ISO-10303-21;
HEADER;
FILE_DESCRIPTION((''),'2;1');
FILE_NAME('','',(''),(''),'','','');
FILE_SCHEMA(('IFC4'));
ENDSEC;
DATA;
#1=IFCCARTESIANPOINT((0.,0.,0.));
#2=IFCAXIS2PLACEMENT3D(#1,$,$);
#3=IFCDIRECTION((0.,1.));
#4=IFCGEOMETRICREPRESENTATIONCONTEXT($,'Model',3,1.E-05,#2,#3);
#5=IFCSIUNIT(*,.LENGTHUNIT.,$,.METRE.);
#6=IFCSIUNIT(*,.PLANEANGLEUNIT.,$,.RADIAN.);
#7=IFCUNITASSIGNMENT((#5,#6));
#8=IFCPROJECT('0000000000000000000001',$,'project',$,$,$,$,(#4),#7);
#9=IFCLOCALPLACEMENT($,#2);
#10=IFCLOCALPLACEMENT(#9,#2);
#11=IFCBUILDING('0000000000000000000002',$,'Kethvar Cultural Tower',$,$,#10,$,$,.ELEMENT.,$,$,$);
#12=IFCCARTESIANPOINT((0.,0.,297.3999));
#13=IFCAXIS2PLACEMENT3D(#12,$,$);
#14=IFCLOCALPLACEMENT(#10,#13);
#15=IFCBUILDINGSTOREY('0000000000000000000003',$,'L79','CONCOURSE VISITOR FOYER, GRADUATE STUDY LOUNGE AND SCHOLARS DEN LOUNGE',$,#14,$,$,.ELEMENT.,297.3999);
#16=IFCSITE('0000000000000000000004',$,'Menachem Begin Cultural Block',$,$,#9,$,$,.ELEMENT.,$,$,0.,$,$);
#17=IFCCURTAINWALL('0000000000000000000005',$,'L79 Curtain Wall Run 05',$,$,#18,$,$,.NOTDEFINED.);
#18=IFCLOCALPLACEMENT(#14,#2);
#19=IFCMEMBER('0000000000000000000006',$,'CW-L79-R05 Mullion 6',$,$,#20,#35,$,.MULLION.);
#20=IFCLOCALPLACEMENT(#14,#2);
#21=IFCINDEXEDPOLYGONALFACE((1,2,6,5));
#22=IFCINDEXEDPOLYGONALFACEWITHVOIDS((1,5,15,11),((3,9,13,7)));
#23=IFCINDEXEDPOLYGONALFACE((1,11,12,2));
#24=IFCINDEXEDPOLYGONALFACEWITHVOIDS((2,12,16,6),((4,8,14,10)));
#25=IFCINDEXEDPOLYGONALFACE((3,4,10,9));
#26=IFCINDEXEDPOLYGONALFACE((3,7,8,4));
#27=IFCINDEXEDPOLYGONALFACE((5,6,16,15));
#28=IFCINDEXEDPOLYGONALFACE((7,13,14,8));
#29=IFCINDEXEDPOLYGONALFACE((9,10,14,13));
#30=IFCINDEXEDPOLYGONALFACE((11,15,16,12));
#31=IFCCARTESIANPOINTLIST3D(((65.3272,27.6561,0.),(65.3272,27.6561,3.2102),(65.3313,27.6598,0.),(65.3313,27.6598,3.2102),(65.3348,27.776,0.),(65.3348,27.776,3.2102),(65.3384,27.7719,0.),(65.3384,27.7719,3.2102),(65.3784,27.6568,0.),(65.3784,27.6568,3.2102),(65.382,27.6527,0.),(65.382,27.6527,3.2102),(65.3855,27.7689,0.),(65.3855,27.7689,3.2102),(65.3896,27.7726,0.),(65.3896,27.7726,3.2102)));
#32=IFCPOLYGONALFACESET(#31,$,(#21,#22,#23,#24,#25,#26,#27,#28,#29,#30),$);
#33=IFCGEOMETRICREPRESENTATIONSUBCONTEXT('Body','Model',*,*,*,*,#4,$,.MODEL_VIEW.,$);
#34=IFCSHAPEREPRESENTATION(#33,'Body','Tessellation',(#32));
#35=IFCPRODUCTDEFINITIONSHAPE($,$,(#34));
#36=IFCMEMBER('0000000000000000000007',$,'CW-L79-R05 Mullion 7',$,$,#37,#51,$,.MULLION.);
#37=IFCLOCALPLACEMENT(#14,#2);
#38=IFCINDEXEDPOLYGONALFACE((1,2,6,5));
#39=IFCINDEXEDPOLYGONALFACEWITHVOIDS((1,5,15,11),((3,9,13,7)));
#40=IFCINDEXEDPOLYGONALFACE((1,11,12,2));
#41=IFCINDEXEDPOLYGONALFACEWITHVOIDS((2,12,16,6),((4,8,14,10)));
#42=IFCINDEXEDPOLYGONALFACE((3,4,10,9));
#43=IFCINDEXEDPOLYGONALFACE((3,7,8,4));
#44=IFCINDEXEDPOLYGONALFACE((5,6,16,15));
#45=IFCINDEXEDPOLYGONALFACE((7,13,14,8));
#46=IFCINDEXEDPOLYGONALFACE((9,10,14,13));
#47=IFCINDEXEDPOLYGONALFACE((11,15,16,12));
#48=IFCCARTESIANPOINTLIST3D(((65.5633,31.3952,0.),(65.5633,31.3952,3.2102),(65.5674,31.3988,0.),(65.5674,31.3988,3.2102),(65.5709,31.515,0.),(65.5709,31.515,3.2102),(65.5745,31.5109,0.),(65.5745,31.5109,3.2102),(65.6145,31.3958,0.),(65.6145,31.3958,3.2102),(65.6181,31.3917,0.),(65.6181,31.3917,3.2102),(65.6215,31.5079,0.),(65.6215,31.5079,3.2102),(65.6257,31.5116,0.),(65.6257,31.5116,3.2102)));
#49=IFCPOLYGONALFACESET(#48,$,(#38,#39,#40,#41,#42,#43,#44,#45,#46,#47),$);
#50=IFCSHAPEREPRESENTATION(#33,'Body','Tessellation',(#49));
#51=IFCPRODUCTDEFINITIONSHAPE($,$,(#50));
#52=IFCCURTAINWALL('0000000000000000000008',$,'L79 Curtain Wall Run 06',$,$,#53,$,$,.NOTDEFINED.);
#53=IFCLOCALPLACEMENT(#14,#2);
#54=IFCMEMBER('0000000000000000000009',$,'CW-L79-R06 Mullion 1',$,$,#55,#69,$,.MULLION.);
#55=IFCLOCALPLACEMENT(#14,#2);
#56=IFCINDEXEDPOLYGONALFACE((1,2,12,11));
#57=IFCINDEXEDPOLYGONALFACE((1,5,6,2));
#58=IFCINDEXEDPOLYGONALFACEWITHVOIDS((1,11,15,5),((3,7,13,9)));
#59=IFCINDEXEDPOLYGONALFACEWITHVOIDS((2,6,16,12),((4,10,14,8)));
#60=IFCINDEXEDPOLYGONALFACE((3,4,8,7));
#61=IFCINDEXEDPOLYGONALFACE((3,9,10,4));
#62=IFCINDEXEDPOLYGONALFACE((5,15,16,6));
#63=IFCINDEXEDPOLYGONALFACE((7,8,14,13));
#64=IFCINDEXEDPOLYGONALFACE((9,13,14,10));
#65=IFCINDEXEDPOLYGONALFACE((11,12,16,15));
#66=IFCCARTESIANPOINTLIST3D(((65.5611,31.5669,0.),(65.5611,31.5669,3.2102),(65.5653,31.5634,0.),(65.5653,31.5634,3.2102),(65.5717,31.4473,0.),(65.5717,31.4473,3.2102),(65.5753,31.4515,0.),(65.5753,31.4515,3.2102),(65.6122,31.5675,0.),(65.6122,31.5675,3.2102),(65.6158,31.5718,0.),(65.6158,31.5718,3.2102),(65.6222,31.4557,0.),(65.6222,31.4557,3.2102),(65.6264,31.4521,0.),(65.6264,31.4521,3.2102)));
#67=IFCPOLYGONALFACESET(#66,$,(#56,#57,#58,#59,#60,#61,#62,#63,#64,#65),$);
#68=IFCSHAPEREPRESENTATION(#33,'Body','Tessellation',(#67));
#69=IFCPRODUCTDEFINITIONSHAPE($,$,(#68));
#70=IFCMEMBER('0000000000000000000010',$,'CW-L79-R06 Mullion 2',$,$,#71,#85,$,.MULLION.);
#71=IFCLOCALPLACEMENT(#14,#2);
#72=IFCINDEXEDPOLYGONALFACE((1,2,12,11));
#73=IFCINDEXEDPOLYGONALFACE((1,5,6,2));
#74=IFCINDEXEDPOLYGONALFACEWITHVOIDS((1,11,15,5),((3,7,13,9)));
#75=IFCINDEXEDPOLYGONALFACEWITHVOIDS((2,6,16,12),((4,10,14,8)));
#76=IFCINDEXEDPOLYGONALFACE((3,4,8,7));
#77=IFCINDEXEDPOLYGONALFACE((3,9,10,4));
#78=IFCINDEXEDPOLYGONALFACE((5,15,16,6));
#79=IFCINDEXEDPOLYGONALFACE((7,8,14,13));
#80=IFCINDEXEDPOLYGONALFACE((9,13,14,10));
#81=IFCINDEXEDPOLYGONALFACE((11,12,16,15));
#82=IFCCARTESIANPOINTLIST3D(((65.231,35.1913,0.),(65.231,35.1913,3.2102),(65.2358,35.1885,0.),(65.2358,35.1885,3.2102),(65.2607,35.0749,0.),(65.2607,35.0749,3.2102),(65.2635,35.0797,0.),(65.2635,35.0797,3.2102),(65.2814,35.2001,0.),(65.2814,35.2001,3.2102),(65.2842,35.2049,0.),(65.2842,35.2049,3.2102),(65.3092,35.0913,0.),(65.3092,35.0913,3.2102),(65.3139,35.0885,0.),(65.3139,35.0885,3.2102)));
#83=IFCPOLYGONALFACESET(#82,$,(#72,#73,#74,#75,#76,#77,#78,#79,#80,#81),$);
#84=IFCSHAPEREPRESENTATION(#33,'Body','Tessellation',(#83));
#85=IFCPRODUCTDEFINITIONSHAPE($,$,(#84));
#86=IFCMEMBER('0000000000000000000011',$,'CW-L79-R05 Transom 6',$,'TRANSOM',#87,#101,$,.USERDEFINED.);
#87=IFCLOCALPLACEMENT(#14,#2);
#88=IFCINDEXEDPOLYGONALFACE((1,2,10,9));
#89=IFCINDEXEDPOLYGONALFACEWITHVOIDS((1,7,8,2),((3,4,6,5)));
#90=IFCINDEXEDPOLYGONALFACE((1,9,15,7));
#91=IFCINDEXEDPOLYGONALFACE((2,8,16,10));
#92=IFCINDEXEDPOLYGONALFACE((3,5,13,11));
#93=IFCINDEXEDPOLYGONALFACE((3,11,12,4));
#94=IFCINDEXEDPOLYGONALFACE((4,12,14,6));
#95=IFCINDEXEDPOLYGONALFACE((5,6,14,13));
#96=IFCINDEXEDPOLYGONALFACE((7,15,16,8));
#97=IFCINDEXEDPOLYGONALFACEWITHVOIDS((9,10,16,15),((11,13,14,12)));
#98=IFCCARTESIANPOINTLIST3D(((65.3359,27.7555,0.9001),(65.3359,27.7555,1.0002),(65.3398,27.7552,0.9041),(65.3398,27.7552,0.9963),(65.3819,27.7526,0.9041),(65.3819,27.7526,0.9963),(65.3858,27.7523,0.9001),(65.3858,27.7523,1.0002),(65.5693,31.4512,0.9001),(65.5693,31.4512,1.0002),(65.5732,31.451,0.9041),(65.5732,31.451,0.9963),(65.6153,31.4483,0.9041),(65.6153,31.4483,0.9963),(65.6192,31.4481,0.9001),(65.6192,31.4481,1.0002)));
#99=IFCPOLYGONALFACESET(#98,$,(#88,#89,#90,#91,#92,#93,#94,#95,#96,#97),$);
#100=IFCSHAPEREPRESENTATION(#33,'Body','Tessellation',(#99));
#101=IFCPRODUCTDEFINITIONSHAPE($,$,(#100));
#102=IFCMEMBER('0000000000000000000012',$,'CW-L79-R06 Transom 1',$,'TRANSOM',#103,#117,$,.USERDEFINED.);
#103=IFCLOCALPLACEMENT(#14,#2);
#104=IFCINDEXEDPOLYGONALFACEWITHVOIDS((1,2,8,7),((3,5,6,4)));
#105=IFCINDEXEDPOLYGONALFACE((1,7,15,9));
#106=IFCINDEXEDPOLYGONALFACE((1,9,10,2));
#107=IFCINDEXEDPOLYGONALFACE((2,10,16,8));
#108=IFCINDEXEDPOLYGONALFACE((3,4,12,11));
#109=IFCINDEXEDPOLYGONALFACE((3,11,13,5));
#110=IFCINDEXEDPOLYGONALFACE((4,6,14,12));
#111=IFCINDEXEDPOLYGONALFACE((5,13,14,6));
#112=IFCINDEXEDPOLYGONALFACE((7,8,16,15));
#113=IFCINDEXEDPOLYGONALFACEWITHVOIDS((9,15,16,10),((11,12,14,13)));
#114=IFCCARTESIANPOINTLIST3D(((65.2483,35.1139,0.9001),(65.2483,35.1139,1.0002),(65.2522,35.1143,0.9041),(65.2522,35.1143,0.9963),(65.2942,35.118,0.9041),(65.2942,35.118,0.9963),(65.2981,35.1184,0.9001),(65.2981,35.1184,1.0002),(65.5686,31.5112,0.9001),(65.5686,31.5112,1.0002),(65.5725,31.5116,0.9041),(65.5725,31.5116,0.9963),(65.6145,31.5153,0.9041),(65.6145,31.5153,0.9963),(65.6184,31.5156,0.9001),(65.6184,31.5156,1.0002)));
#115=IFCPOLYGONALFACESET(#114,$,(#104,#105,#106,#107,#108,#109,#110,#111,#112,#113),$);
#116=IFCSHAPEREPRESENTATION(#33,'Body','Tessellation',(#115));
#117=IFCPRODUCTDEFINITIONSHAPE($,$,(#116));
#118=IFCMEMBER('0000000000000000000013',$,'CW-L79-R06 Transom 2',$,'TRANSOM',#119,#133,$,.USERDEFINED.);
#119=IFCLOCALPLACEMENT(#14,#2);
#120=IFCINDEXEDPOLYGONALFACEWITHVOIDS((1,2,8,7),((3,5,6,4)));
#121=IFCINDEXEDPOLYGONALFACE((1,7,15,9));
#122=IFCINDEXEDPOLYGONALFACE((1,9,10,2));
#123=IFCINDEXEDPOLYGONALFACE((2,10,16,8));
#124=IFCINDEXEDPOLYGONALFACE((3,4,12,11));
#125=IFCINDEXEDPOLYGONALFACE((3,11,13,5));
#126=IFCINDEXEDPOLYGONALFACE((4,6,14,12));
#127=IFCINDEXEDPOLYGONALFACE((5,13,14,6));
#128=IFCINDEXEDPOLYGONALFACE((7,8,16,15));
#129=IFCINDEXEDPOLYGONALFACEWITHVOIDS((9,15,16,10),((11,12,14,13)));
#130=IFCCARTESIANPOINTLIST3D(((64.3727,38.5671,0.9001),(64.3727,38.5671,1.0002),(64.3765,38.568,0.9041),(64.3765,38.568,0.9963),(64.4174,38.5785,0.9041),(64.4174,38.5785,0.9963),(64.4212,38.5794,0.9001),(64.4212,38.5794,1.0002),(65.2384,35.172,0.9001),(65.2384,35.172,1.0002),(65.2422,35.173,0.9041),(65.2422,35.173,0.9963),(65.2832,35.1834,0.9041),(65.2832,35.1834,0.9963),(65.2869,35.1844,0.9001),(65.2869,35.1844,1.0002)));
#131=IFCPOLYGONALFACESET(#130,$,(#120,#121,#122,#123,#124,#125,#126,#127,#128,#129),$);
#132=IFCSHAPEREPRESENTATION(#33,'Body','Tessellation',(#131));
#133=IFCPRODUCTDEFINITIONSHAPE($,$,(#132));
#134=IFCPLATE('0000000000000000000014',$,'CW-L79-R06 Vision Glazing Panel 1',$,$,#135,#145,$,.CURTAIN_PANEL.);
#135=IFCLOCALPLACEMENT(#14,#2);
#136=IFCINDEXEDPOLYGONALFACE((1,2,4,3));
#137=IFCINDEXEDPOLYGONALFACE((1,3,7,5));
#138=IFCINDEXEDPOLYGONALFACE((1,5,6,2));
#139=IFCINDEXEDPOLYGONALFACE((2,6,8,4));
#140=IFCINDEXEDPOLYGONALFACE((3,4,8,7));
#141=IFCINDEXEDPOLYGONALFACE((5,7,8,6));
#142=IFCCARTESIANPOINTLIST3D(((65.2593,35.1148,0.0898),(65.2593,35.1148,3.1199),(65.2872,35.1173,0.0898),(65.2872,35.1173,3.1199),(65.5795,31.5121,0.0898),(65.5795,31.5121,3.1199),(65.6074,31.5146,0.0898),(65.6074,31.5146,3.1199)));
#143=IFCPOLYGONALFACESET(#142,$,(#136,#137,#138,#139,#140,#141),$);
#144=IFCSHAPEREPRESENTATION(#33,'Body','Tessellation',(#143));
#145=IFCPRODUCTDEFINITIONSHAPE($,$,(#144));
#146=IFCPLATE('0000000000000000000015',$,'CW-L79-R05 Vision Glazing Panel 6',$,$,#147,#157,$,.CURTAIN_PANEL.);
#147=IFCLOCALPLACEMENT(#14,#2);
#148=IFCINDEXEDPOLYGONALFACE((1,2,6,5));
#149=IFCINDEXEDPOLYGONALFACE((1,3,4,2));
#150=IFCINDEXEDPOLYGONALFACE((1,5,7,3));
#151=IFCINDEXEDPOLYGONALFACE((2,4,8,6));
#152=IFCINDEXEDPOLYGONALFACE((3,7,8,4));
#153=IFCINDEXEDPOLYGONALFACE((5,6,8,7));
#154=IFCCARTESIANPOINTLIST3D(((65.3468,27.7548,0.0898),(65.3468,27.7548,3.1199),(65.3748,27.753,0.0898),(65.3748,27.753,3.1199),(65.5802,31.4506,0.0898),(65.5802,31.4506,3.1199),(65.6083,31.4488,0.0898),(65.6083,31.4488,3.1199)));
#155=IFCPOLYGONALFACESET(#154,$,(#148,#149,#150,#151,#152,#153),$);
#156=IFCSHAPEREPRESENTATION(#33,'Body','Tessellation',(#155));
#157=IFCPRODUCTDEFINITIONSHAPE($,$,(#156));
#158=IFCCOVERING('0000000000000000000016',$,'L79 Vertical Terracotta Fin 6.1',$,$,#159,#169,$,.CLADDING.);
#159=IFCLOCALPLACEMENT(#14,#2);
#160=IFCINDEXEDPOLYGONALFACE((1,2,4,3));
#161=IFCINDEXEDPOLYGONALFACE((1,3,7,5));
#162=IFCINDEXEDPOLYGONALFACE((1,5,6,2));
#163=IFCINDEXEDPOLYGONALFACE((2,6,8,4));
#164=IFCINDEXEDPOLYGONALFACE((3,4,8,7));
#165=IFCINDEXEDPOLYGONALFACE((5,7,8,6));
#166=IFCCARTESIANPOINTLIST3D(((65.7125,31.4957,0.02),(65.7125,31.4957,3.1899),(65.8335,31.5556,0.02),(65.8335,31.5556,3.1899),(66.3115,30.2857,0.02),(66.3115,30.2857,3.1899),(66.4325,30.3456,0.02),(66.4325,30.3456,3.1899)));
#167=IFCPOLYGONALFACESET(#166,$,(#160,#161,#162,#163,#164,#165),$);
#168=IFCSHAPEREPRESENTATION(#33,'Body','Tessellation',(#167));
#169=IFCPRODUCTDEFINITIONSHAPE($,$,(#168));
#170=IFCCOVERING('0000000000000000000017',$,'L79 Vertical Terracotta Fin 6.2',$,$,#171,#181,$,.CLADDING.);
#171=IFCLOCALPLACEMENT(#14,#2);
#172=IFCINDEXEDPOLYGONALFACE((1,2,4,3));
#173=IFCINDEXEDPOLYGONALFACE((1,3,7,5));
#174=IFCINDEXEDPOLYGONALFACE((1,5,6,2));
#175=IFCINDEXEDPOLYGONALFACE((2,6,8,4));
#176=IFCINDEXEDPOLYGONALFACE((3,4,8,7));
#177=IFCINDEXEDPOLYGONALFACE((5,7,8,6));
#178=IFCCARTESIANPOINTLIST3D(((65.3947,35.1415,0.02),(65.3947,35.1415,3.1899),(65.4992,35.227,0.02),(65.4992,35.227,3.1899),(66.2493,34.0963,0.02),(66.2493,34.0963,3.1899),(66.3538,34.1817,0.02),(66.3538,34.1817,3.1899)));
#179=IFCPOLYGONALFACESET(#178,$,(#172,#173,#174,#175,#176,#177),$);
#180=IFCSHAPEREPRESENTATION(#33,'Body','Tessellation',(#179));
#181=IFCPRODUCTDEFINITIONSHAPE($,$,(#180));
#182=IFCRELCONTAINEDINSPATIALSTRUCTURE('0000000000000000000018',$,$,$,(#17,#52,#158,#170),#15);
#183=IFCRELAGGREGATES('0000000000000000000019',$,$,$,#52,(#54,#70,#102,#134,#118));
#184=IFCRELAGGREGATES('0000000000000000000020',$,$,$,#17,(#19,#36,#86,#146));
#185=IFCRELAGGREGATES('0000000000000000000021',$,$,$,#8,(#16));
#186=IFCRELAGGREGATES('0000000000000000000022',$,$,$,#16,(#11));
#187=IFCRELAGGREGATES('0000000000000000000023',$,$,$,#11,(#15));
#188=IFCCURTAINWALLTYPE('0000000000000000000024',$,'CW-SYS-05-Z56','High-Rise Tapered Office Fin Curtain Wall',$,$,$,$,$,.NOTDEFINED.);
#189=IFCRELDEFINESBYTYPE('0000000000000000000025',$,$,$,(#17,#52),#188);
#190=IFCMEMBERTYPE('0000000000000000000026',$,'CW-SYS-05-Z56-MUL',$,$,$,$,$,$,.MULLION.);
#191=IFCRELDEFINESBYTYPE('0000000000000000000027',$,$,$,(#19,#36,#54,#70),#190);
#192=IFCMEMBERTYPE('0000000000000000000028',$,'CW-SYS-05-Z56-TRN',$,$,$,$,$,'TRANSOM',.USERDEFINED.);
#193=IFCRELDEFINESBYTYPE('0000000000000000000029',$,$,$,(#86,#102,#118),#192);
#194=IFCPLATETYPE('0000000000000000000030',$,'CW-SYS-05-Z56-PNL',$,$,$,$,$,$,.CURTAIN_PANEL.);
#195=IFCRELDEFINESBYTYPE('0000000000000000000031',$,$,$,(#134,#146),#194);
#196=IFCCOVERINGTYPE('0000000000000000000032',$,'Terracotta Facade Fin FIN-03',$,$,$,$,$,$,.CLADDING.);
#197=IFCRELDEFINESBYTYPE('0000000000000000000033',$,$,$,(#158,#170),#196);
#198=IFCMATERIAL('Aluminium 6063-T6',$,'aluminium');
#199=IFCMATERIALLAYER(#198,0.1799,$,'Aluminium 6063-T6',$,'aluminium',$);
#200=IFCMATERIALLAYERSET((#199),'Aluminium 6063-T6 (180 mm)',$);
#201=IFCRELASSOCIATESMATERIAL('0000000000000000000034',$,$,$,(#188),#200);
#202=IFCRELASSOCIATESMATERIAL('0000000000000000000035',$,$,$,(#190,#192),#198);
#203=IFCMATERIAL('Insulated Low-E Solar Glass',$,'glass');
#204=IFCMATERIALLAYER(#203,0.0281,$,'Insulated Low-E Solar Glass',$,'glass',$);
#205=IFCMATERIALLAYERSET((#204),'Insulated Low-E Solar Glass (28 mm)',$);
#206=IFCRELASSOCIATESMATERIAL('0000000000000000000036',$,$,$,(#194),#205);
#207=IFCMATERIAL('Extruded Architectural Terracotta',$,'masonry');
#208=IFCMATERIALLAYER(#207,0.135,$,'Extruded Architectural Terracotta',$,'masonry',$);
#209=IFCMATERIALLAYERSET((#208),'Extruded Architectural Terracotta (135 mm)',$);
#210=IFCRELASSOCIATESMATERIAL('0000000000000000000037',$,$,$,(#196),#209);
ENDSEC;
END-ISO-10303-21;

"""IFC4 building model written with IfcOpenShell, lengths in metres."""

from ifc_helpers import new_model, si_unit, direction, frame, origin, origin_2d, place, context, subcontext, project, spatial, rectangle, hollow_rectangle, extrude, source, transform, mapped, material, layer, layer_set, material_profile, profile_set, type_object, element, aggregate, save


model = new_model("IFC4")

# Units and contexts
model_context = context("Model", 3, precision=1e-05, world=origin(), true_north=direction((0.0, 1.0)))
body_context = subcontext(model_context, "Body", "Model", "MODEL_VIEW")
ifc_project = project(units=[si_unit("LENGTHUNIT", "METRE"), si_unit("PLANEANGLEUNIT", "RADIAN")], contexts=[model_context])

# Site, building, storey
site_placement = place(None, origin())
site = spatial("IfcSite", under=ifc_project, at=site_placement, Name="Menachem Begin Cultural Block", CompositionType="ELEMENT", RefElevation=0.0)
building_placement = place(site_placement, origin())
building = spatial("IfcBuilding", under=site, at=building_placement, Name="Kethvar Cultural Tower", CompositionType="ELEMENT")
storey_placement = place(building_placement, frame((0.0, 0.0, 297.3999)))
storey = spatial("IfcBuildingStorey", under=building, at=storey_placement, Name="L79", Description="CONCOURSE VISITOR FOYER, GRADUATE STUDY LOUNGE AND SCHOLARS DEN LOUNGE", CompositionType="ELEMENT", Elevation=297.3999)

# Curtain walls, members
ifc_material_1 = material(Name="Aluminium 6063-T6", Category="aluminium")
ifc_layer_1 = layer(ifc_material_1, 0.1799, Name="Aluminium 6063-T6", Category="aluminium")
ifc_layer_set_1 = layer_set([ifc_layer_1], Name="Aluminium 6063-T6 (180 mm)")
curtain_wall_type = type_object("IfcCurtainWallType", Name="CW-SYS-05-Z56", Description="High-Rise Tapered Office Fin Curtain Wall", PredefinedType="NOTDEFINED", material=ifc_layer_set_1)
curtain_wall_1_placement = place(storey_placement, origin())
curtain_wall_1 = element("IfcCurtainWall", 1, at=curtain_wall_1_placement, inside=storey, type_object=curtain_wall_type, Name="L79 Curtain Wall Run 05", PredefinedType="NOTDEFINED")
ifc_material_profile_1 = material_profile(ifc_material_1, hollow_rectangle(XDim=0.0549, YDim=0.1201, WallThickness=0.0039, at=origin_2d()), Name="Aluminium 6063-T6 — RHS120x55x4")
ifc_profile_set_1 = profile_set([ifc_material_profile_1], Name="Aluminium 6063-T6 — RHS120x55x4")
member_type_1 = type_object("IfcMemberType", Name="CW-SYS-05-Z56-MUL", PredefinedType="MULLION", material=ifc_profile_set_1)
shared_shape_1 = source(origin(), body_context, "Body", "SweptSolid", [
    extrude(hollow_rectangle(XDim=0.0549, YDim=0.1201, WallThickness=0.0039, at=origin_2d()), origin(), (0.0, 0.0, 1.0), 3.2102),
])
member_1_placement = place(storey_placement, frame((65.3584, 27.7144, 0.0), z_axis=(0.0, 0.0, 1.0), x_axis=(-0.998011, 0.063034, 0.0)))
member_1 = element("IfcMember", 2, at=member_1_placement, type_object=member_type_1, Name="CW-L79-R05 Mullion 6", PredefinedType="MULLION", context=body_context, shape_type="MappedRepresentation", body=[
    mapped(shared_shape_1, transform((0.0, 0.0, 0.0), scale=1.0)),
])
member_2_placement = place(storey_placement, frame((65.5945, 31.4534, 0.0), z_axis=(0.0, 0.0, 1.0), x_axis=(-0.998011, 0.063034, 0.0)))
member_2 = element("IfcMember", 3, at=member_2_placement, type_object=member_type_1, Name="CW-L79-R05 Mullion 7", PredefinedType="MULLION", context=body_context, shape_type="MappedRepresentation", body=[
    mapped(shared_shape_1, transform((0.0, 0.0, 0.0), scale=1.0)),
])
curtain_wall_2_placement = place(storey_placement, origin())
curtain_wall_2 = element("IfcCurtainWall", 4, at=curtain_wall_2_placement, inside=storey, type_object=curtain_wall_type, Name="L79 Curtain Wall Run 06", PredefinedType="NOTDEFINED")
member_3_placement = place(storey_placement, frame((65.5938, 31.5095, 0.0), z_axis=(0.0, 0.0, 1.0), x_axis=(-0.996074, -0.088529, 0.0)))
member_3 = element("IfcMember", 5, at=member_3_placement, type_object=member_type_1, Name="CW-L79-R06 Mullion 1", PredefinedType="MULLION", context=body_context, shape_type="MappedRepresentation", body=[
    mapped(shared_shape_1, transform((0.0, 0.0, 0.0), scale=1.0)),
])
member_4_placement = place(storey_placement, frame((65.2725, 35.1399, 0.0), z_axis=(0.0, 0.0, 1.0), x_axis=(-0.968994, -0.247084, 0.0)))
member_4 = element("IfcMember", 6, at=member_4_placement, type_object=member_type_1, Name="CW-L79-R06 Mullion 2", PredefinedType="MULLION", context=body_context, shape_type="MappedRepresentation", body=[
    mapped(shared_shape_1, transform((0.0, 0.0, 0.0), scale=1.0)),
])

# Members
ifc_material_profile_2 = material_profile(ifc_material_1, hollow_rectangle(XDim=0.05, YDim=0.1001, WallThickness=0.0039, at=origin_2d()), Name="Aluminium 6063-T6 — RHS100x50x4")
ifc_profile_set_2 = profile_set([ifc_material_profile_2], Name="Aluminium 6063-T6 — RHS100x50x4")
member_type_2 = type_object("IfcMemberType", Name="CW-SYS-05-Z56-TRN", ElementType="TRANSOM", PredefinedType="USERDEFINED", material=ifc_profile_set_2)
shared_shape_2 = source(origin(), body_context, "Body", "SweptSolid", [
    extrude(hollow_rectangle(XDim=0.05, YDim=0.1001, WallThickness=0.0039, at=origin_2d()), origin(), (0.0, 0.0, 1.0), 3.7031),
])
member_5_placement = place(storey_placement, frame((65.3608, 27.7539, 0.9502), z_axis=(0.063027, 0.998012, 0.0), x_axis=(-0.998012, 0.063027, 0.0)))
member_5 = element("IfcMember", 7, at=member_5_placement, type_object=member_type_2, Name="CW-L79-R05 Transom 6", ObjectType="TRANSOM", PredefinedType="USERDEFINED", context=body_context, shape_type="MappedRepresentation", body=[
    mapped(shared_shape_2, transform((0.0, 0.0, 0.0), scale=1.0)),
])
shared_shape_3 = source(origin(), body_context, "Body", "SweptSolid", [
    extrude(hollow_rectangle(XDim=0.05, YDim=0.1001, WallThickness=0.0039, at=origin_2d()), origin(), (0.0, 0.0, 1.0), 3.6169),
])
member_6_placement = place(storey_placement, frame((65.5935, 31.5134, 0.9502), z_axis=(-0.088558, 0.996071, 0.0), x_axis=(-0.996071, -0.088558, 0.0)))
member_6 = element("IfcMember", 8, at=member_6_placement, type_object=member_type_2, Name="CW-L79-R06 Transom 1", ObjectType="TRANSOM", PredefinedType="USERDEFINED", context=body_context, shape_type="MappedRepresentation", body=[
    mapped(shared_shape_3, transform((0.0, 0.0, 0.0), scale=1.0)),
])
shared_shape_4 = source(origin(), body_context, "Body", "SweptSolid", [
    extrude(hollow_rectangle(XDim=0.05, YDim=0.1001, WallThickness=0.0039, at=origin_2d()), origin(), (0.0, 0.0, 1.0), 3.5037),
])
member_7_placement = place(storey_placement, frame((65.2627, 35.1782, 0.9502), z_axis=(-0.247091, 0.968992, 0.0), x_axis=(-0.968992, -0.247091, 0.0)))
member_7 = element("IfcMember", 9, at=member_7_placement, type_object=member_type_2, Name="CW-L79-R06 Transom 2", ObjectType="TRANSOM", PredefinedType="USERDEFINED", context=body_context, shape_type="MappedRepresentation", body=[
    mapped(shared_shape_4, transform((0.0, 0.0, 0.0), scale=1.0)),
])

# Plates
ifc_material_2 = material(Name="Insulated Low-E Solar Glass", Category="glass")
ifc_layer_2 = layer(ifc_material_2, 0.0281, Name="Insulated Low-E Solar Glass", Category="glass")
ifc_layer_set_2 = layer_set([ifc_layer_2], Name="Insulated Low-E Solar Glass (28 mm)")
plate_type = type_object("IfcPlateType", Name="CW-SYS-05-Z56-PNL", PredefinedType="CURTAIN_PANEL", material=ifc_layer_set_2)
shared_shape_5 = source(origin(), body_context, "Body", "SweptSolid", [
    extrude(rectangle(XDim=3.6169, YDim=0.0281, at=origin_2d()), origin(), (0.0, 0.0, 1.0), 3.03),
])
plate_1_placement = place(storey_placement, frame((65.4333, 33.3147, 0.0898), z_axis=(0.0, 0.0, 1.0), x_axis=(-0.088529, 0.996074, 0.0)))
plate_1 = element("IfcPlate", 10, at=plate_1_placement, type_object=plate_type, Name="CW-L79-R06 Vision Glazing Panel 1", PredefinedType="CURTAIN_PANEL", context=body_context, shape_type="MappedRepresentation", body=[
    mapped(shared_shape_5, transform((0.0, 0.0, 0.0), scale=1.0)),
])
aggregate(curtain_wall_2, [member_3, member_4, member_6, plate_1, member_7])
shared_shape_6 = source(origin(), body_context, "Body", "SweptSolid", [
    extrude(rectangle(XDim=3.7031, YDim=0.0281, at=origin_2d()), origin(), (0.0, 0.0, 1.0), 3.03),
])
plate_2_placement = place(storey_placement, frame((65.4775, 29.6018, 0.0898), z_axis=(0.0, 0.0, 1.0), x_axis=(0.063034, 0.998011, 0.0)))
plate_2 = element("IfcPlate", 11, at=plate_2_placement, type_object=plate_type, Name="CW-L79-R05 Vision Glazing Panel 6", PredefinedType="CURTAIN_PANEL", context=body_context, shape_type="MappedRepresentation", body=[
    mapped(shared_shape_6, transform((0.0, 0.0, 0.0), scale=1.0)),
])
aggregate(curtain_wall_1, [member_1, member_2, member_5, plate_2])

# Coverings
ifc_material_3 = material(Name="Extruded Architectural Terracotta", Category="masonry")
ifc_layer_3 = layer(ifc_material_3, 0.135, Name="Extruded Architectural Terracotta", Category="masonry")
ifc_layer_set_3 = layer_set([ifc_layer_3], Name="Extruded Architectural Terracotta (135 mm)")
covering_type = type_object("IfcCoveringType", Name="Terracotta Facade Fin FIN-03", PredefinedType="CLADDING", material=ifc_layer_set_3)
shared_shape_7 = source(origin(), body_context, "Body", "SweptSolid", [
    extrude(rectangle(XDim=1.3501, YDim=0.135, at=origin_2d()), origin(), (0.0, 0.0, 1.0), 3.1699),
])
for number, where, z_axis, x_axis, name in (
    (12, (66.0725, 30.9207, 0.02), (0.0, 0.0, 1.0), (0.443697, -0.896177, 0.0), "L79 Vertical Terracotta Fin 6.1"),
    (13, (65.8743, 34.6616, 0.02), (0.0, 0.0, 1.0), (0.632976, -0.774172, 0.0), "L79 Vertical Terracotta Fin 6.2"),
):
    element("IfcCovering", number, at=place(storey_placement, frame(where, z_axis=z_axis, x_axis=x_axis)), inside=storey, type_object=covering_type, Name=name, PredefinedType="CLADDING", context=body_context, shape_type="MappedRepresentation", body=[
        mapped(shared_shape_7, transform((0.0, 0.0, 0.0), scale=1.0)),
    ])

save(model, "model.ifc")
